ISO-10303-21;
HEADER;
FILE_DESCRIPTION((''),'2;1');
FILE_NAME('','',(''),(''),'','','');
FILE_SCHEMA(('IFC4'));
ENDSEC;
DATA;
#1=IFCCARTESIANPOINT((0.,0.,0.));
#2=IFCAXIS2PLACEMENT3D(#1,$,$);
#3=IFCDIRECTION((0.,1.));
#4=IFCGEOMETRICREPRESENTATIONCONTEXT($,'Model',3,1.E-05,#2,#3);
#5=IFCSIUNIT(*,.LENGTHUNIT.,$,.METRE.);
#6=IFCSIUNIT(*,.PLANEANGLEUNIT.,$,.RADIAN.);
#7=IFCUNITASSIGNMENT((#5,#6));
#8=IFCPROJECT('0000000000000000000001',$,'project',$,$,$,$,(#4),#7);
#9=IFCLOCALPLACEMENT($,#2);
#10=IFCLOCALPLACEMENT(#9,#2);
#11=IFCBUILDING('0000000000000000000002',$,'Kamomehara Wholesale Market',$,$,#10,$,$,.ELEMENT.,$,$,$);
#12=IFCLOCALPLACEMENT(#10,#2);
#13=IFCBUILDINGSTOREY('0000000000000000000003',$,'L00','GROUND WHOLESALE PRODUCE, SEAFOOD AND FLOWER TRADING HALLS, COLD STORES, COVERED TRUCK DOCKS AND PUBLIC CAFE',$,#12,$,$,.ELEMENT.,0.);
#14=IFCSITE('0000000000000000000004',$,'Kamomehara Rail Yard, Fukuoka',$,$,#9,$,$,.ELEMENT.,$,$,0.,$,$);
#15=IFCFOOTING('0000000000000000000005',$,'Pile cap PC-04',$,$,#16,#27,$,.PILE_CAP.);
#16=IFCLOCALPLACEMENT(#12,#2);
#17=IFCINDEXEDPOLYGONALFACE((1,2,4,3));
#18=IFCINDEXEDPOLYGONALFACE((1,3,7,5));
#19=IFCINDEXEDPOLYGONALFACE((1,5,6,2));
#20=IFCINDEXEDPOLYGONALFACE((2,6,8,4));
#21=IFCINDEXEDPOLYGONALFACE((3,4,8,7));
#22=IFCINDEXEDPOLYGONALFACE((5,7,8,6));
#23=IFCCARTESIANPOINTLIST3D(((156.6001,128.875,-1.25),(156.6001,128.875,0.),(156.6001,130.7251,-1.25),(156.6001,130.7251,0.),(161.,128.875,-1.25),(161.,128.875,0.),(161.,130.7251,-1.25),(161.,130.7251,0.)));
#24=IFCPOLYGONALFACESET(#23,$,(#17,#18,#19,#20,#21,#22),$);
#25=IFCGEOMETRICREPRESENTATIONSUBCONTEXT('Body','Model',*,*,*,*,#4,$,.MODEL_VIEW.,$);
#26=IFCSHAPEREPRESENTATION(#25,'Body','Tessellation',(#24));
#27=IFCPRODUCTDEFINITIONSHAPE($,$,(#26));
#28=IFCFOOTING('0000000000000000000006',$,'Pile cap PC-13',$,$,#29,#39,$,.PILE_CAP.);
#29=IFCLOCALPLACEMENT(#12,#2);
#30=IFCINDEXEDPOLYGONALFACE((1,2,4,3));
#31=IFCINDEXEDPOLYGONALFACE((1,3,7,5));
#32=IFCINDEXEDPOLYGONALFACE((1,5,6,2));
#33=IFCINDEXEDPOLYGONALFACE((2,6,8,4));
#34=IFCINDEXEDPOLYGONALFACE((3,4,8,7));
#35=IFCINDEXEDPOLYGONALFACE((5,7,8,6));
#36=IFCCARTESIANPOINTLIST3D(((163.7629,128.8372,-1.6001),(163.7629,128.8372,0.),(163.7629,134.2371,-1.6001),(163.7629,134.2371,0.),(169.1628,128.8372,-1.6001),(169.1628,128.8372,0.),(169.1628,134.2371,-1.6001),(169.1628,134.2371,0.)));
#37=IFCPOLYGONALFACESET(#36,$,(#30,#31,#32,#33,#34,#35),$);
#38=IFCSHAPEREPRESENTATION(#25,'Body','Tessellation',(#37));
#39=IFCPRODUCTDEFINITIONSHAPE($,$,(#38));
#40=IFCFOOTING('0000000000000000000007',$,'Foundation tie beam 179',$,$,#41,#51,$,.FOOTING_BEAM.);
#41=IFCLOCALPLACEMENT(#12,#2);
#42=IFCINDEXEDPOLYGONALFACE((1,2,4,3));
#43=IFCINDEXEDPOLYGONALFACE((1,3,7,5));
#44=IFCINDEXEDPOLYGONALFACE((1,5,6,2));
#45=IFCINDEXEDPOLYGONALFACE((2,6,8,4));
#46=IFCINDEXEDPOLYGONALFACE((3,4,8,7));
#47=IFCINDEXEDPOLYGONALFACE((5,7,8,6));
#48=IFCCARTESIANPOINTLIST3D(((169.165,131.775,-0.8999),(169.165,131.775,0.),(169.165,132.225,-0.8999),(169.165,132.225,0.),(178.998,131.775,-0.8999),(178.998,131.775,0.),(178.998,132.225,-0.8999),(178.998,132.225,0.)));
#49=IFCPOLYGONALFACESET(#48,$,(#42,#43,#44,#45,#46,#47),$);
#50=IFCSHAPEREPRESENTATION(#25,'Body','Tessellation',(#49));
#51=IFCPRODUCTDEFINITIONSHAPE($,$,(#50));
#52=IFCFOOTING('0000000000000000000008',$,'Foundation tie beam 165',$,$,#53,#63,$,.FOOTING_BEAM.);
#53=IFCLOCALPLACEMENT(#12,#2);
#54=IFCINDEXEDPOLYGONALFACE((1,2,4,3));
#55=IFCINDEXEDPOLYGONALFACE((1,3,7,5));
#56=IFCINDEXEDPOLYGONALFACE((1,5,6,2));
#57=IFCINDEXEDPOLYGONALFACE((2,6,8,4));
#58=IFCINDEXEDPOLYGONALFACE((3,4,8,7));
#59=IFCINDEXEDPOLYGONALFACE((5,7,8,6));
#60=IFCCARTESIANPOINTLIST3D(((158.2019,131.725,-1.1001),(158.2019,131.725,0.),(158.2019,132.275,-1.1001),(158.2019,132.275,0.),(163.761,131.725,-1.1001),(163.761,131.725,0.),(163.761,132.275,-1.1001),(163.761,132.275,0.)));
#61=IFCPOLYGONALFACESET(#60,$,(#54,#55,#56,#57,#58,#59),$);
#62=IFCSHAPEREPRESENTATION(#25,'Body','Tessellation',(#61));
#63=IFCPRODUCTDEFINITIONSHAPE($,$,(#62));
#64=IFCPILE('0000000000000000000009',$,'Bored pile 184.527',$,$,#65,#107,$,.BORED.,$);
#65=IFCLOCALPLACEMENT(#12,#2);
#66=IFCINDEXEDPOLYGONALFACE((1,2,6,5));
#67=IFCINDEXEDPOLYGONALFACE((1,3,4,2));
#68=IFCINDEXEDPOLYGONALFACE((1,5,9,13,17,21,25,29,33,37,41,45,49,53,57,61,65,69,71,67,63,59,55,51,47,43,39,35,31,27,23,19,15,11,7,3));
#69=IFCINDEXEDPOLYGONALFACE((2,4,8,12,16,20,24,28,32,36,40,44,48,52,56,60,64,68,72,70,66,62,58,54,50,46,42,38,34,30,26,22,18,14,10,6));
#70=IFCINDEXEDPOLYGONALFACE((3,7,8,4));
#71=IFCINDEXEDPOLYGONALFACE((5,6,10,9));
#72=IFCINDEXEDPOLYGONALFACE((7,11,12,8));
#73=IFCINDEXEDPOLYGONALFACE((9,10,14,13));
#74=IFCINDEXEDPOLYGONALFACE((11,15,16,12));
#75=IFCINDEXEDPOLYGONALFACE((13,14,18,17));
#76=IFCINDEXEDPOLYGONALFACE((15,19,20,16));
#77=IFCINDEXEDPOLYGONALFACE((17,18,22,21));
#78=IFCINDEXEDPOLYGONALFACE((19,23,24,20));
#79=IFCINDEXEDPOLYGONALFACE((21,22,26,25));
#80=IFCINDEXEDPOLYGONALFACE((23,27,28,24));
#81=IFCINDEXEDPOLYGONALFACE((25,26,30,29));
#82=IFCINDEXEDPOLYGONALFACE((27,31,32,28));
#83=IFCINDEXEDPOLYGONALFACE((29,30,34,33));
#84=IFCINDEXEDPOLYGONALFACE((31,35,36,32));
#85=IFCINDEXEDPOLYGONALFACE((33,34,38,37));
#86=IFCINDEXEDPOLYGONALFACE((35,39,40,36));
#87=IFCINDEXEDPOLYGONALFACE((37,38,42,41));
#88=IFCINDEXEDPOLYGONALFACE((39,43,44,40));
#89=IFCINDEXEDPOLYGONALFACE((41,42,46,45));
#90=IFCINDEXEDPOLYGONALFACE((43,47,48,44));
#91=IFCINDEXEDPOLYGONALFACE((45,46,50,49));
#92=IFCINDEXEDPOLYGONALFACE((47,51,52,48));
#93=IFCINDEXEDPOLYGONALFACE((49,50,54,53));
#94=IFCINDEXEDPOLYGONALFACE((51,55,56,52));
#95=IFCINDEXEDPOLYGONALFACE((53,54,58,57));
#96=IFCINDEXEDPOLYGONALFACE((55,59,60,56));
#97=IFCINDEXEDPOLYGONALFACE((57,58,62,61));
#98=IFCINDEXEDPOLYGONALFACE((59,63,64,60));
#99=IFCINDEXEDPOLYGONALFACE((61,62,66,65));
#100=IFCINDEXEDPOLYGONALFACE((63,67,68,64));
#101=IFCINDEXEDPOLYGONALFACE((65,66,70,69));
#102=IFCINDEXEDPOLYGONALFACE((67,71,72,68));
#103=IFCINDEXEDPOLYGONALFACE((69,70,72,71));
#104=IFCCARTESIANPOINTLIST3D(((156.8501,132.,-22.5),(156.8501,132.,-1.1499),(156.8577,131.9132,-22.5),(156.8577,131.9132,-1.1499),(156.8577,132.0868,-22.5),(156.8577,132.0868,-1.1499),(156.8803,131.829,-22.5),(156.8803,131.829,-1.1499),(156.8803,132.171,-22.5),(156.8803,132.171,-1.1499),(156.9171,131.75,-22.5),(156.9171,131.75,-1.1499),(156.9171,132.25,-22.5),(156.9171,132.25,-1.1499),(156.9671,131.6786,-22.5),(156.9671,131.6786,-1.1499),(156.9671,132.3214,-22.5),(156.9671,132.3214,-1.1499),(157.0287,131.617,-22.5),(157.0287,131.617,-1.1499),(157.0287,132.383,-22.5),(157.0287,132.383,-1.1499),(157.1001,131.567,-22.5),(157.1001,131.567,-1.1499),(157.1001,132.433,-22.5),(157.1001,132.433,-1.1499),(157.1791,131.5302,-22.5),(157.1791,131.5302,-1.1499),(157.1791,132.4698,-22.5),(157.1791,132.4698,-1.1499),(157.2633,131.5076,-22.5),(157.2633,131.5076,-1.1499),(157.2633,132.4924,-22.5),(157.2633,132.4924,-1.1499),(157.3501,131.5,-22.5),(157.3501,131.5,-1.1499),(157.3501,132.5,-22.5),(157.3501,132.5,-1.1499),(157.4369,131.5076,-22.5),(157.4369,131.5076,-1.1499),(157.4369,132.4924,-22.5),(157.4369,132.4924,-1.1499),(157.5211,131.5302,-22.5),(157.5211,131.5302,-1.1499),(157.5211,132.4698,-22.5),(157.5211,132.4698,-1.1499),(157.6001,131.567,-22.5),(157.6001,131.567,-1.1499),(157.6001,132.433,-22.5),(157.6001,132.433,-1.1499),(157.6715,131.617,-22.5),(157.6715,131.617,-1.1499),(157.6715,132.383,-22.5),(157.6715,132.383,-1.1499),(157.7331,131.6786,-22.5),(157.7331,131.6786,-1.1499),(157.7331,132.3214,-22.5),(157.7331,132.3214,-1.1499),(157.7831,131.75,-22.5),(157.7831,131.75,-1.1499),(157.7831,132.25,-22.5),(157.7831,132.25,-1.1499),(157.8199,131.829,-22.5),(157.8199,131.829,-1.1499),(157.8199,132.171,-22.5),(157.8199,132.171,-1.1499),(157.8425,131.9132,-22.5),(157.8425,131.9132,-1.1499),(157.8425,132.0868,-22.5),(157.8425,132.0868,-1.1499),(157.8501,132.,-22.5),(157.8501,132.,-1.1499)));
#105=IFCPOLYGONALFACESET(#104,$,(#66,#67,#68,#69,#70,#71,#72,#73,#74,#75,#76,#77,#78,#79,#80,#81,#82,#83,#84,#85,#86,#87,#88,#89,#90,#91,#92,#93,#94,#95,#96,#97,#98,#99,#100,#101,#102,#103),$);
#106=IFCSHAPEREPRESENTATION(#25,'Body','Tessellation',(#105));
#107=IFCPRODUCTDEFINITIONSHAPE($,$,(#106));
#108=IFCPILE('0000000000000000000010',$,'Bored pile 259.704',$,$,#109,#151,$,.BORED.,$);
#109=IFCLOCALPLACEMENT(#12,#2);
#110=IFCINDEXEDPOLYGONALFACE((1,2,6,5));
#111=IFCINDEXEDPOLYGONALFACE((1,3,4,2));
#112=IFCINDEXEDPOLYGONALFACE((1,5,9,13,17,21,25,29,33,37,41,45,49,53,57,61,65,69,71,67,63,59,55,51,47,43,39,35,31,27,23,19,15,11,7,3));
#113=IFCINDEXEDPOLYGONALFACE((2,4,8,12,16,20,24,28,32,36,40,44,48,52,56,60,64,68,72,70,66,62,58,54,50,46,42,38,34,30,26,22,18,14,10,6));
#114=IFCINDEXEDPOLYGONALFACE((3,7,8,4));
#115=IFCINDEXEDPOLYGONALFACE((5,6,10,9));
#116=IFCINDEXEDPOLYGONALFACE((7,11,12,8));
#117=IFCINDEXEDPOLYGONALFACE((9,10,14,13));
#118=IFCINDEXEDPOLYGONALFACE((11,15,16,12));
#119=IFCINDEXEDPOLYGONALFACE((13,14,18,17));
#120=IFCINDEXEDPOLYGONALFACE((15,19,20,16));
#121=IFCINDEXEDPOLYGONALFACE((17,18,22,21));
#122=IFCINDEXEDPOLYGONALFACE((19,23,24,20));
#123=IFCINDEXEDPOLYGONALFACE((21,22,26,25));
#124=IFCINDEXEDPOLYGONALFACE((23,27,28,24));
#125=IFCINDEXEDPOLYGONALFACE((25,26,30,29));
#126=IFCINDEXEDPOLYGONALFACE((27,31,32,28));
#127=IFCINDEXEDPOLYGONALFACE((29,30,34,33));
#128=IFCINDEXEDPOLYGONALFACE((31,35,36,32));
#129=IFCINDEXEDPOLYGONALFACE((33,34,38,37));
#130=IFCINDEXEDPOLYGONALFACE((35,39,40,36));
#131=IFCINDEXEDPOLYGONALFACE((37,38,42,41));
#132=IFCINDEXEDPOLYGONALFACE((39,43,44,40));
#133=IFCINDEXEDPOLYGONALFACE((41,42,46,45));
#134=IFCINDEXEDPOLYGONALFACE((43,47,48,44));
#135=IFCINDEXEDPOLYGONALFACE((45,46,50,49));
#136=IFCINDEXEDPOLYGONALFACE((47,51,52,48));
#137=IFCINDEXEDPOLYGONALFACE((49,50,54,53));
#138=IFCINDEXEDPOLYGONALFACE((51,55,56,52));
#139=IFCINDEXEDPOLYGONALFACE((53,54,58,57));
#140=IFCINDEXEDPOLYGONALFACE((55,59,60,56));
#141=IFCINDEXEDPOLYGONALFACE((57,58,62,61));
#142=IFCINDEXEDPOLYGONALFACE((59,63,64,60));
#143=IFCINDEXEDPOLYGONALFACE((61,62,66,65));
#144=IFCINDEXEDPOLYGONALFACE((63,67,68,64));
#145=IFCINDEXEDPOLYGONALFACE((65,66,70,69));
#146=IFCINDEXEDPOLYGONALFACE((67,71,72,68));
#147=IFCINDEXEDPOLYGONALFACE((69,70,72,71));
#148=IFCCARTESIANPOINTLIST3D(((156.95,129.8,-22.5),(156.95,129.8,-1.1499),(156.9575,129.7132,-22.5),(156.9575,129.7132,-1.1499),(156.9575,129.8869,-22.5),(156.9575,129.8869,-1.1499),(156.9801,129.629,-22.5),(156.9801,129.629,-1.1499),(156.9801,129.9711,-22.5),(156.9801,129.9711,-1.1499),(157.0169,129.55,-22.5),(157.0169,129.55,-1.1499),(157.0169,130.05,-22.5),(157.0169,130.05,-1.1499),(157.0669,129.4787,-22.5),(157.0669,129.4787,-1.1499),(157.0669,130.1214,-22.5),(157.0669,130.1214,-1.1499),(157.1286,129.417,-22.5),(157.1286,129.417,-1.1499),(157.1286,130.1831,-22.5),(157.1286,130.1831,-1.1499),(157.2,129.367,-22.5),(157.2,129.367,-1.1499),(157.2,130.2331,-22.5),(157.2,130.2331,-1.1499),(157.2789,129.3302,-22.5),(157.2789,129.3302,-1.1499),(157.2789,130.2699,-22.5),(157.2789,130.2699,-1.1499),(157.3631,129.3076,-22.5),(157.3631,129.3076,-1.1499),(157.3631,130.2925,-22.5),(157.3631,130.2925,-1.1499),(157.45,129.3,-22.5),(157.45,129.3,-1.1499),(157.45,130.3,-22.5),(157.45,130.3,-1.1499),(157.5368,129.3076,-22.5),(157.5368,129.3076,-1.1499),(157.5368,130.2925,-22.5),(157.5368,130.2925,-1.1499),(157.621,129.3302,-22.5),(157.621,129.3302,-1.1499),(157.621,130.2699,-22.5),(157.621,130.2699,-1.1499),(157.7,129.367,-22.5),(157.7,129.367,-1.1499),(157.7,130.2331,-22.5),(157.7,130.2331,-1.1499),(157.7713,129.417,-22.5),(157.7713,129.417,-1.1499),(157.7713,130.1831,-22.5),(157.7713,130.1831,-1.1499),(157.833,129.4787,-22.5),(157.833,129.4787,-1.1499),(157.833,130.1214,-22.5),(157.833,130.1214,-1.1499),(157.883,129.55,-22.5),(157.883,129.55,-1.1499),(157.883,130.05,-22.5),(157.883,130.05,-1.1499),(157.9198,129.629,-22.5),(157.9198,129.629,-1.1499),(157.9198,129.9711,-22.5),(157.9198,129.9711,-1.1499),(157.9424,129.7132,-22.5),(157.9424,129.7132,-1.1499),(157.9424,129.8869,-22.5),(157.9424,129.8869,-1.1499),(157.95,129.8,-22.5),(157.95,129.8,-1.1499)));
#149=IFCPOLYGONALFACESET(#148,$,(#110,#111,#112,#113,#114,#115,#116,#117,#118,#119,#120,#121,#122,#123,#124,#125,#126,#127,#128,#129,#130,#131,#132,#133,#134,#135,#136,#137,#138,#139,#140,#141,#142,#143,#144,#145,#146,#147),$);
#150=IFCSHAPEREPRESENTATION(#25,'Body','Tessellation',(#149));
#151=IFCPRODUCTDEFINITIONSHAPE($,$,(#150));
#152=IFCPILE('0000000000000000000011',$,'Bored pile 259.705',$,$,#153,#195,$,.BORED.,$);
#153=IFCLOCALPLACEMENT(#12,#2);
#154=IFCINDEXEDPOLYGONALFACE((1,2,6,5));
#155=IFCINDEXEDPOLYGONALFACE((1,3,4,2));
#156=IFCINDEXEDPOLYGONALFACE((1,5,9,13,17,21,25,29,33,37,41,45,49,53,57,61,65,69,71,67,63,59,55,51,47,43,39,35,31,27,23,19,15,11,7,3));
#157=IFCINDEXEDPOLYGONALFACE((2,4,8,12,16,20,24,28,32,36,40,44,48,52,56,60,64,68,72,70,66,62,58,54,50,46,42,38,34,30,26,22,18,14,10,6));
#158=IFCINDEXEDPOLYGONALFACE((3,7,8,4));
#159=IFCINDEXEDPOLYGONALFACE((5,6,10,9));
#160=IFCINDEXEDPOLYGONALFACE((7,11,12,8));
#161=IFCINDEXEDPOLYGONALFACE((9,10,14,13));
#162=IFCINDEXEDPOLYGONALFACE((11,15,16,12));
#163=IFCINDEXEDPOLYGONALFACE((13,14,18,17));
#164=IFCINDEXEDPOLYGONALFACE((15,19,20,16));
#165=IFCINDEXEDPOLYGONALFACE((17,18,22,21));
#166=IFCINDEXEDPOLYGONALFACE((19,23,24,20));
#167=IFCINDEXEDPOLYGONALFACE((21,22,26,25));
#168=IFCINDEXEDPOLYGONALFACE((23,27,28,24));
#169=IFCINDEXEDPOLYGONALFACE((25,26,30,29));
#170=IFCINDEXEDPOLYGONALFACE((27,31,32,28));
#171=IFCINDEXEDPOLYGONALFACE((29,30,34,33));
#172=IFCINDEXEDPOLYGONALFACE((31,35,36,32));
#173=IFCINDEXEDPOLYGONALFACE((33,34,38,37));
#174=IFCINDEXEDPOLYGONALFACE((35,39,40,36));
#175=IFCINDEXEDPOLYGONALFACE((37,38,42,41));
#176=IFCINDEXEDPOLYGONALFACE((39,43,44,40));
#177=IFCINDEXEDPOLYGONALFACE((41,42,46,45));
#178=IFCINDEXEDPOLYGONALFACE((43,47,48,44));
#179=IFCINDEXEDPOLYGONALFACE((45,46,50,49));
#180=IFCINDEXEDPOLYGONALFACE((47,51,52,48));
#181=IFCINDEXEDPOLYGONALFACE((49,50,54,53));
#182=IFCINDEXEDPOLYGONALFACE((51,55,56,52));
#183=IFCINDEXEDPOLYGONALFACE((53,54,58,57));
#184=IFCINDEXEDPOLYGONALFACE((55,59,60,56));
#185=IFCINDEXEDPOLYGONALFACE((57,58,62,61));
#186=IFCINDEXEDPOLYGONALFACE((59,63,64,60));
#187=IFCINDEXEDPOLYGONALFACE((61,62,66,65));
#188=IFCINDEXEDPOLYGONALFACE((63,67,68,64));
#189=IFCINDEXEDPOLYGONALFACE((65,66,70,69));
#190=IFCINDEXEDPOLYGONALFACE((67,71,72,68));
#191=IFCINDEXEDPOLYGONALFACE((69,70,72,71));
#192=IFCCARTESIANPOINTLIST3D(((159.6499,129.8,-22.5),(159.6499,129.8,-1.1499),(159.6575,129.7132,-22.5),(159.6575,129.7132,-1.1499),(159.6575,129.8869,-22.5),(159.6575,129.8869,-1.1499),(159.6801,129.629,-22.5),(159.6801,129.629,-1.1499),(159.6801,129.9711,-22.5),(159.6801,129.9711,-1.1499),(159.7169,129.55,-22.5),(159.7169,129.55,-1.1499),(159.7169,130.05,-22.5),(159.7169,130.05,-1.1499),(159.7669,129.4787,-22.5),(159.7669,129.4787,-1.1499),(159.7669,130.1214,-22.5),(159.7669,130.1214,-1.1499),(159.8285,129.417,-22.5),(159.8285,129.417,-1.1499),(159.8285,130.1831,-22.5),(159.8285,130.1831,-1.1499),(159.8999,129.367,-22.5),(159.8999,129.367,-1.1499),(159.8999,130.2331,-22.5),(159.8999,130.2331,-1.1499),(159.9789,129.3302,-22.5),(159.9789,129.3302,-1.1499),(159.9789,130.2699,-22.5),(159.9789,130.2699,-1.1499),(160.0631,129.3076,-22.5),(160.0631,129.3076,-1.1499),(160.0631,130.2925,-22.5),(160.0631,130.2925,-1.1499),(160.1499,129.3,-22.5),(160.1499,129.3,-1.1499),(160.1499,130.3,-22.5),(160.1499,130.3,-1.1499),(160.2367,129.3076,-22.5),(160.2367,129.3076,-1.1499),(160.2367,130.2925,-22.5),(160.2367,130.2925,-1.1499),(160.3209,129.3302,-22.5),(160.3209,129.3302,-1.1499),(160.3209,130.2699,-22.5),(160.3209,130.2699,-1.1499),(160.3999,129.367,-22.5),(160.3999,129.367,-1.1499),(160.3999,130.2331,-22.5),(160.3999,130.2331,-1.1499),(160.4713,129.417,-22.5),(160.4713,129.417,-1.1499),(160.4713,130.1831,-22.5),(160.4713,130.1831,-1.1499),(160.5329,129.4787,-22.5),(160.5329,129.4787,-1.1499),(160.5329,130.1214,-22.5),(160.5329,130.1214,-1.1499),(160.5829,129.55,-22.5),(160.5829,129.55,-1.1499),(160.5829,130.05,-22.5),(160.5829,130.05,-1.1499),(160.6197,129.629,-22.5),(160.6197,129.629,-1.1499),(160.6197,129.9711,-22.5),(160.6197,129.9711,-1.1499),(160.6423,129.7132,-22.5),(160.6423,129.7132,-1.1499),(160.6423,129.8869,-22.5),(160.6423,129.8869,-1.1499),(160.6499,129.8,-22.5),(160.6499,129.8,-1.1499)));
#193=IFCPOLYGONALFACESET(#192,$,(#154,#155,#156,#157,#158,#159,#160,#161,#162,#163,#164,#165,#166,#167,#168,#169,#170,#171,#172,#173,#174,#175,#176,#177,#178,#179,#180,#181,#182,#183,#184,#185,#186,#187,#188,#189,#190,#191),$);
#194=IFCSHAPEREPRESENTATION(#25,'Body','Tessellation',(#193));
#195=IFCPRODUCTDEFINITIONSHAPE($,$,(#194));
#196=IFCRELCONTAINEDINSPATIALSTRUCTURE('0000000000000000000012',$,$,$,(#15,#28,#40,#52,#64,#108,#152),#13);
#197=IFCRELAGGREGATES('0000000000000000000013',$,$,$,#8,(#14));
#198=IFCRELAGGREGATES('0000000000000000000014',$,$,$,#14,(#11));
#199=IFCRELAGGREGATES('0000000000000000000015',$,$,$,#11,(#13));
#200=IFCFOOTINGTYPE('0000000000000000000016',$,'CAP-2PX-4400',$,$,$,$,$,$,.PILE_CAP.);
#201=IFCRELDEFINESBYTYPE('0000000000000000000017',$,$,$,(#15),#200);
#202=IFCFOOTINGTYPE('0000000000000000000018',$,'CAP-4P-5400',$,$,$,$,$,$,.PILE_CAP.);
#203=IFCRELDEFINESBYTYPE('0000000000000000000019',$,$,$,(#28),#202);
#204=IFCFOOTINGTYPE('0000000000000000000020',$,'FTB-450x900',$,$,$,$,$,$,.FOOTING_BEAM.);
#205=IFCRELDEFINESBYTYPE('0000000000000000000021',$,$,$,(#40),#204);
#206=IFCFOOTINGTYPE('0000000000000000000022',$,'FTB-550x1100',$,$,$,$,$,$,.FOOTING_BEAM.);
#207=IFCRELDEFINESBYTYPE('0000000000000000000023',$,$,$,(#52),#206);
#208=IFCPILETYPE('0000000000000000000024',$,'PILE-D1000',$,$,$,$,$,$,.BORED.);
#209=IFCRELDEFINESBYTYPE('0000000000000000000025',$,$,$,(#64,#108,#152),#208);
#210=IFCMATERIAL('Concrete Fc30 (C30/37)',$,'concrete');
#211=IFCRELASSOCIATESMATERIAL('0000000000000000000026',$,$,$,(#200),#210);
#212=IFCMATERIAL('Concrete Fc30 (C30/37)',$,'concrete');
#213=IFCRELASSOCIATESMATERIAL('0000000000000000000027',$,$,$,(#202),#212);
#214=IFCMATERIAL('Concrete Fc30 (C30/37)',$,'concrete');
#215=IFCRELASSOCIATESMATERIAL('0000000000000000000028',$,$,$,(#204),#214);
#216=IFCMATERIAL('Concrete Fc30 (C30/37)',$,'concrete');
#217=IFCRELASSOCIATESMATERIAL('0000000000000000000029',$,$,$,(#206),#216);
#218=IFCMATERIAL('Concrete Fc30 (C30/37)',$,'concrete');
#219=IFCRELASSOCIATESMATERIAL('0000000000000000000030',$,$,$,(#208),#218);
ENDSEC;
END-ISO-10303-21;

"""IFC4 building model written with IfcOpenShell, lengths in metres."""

from ifc_helpers import new_model, si_unit, direction, frame, origin, origin_2d, place, context, subcontext, project, spatial, rectangle, circle, extrude, material, material_profile, profile_set, type_object, element, save


model = new_model("IFC4")

# Units and contexts
model_context = context("Model", 3, precision=1e-05, world=origin(), true_north=direction((0.0, 1.0)))
body_context = subcontext(model_context, "Body", "Model", "MODEL_VIEW")
ifc_project = project(units=[si_unit("LENGTHUNIT", "METRE"), si_unit("PLANEANGLEUNIT", "RADIAN")], contexts=[model_context])

# Site, building, storey
site_placement = place(None, origin())
site = spatial("IfcSite", under=ifc_project, at=site_placement, Name="Kamomehara Rail Yard, Fukuoka", CompositionType="ELEMENT", RefElevation=0.0)
building_placement = place(site_placement, origin())
building = spatial("IfcBuilding", under=site, at=building_placement, Name="Kamomehara Wholesale Market", CompositionType="ELEMENT")
storey_placement = place(building_placement, origin())
storey = spatial("IfcBuildingStorey", under=building, at=storey_placement, Name="L00", Description="GROUND WHOLESALE PRODUCE, SEAFOOD AND FLOWER TRADING HALLS, COLD STORES, COVERED TRUCK DOCKS AND PUBLIC CAFE", CompositionType="ELEMENT", Elevation=0.0)

# Footings
ifc_material_1 = material(Name="Concrete Fc30 (C30/37)", Category="concrete")
footing_type_1 = type_object("IfcFootingType", Name="CAP-2PX-4400", PredefinedType="PILE_CAP", material=ifc_material_1)
footing_1_placement = place(storey_placement, frame((158.8, 129.8, -1.25), z_axis=(0.0, 0.0, 1.0), x_axis=(1.0, 0.0, 0.0)))
element("IfcFooting", 1, at=footing_1_placement, inside=storey, type_object=footing_type_1, Name="Pile cap PC-04", PredefinedType="PILE_CAP", context=body_context, shape_type="SweptSolid", body=[
    extrude(rectangle(XDim=4.3999, YDim=1.8501, at=origin_2d()), origin(), (0.0, 0.0, 1.0), 1.25),
])
ifc_material_2 = material(Name="Concrete Fc30 (C30/37)", Category="concrete")
footing_type_2 = type_object("IfcFootingType", Name="CAP-4P-5400", PredefinedType="PILE_CAP", material=ifc_material_2)
footing_2_placement = place(storey_placement, frame((166.4629, 131.5371, -1.6001), z_axis=(0.0, 0.0, 1.0), x_axis=(1.0, 0.0, 0.0)))
element("IfcFooting", 2, at=footing_2_placement, inside=storey, type_object=footing_type_2, Name="Pile cap PC-13", PredefinedType="PILE_CAP", context=body_context, shape_type="SweptSolid", body=[
    extrude(rectangle(XDim=5.3999, YDim=5.3999, at=origin_2d()), origin(), (0.0, 0.0, 1.0), 1.6001),
])
ifc_material_3 = material(Name="Concrete Fc30 (C30/37)", Category="concrete")
ifc_material_profile_1 = material_profile(ifc_material_3, rectangle(XDim=0.45, YDim=0.8999, at=origin_2d()), Name="RC-FTB-450x900")
ifc_profile_set_1 = profile_set([ifc_material_profile_1], Name="Concrete Fc30 (C30/37)")
footing_type_3 = type_object("IfcFootingType", Name="FTB-450x900", PredefinedType="FOOTING_BEAM", material=ifc_profile_set_1)
footing_3_placement = place(storey_placement, frame((169.165, 132.0, -0.45), z_axis=(1.0, 0.0, 0.0), x_axis=(0.0, 1.0, 0.0)))
element("IfcFooting", 3, at=footing_3_placement, inside=storey, type_object=footing_type_3, Name="Foundation tie beam 179", PredefinedType="FOOTING_BEAM", context=body_context, shape_type="SweptSolid", body=[
    extrude(rectangle(XDim=0.45, YDim=0.8999, at=origin_2d()), origin(), (0.0, 0.0, 1.0), 9.833),
])
ifc_material_4 = material(Name="Concrete Fc30 (C30/37)", Category="concrete")
ifc_material_profile_2 = material_profile(ifc_material_4, rectangle(XDim=0.55, YDim=1.1001, at=origin_2d()), Name="RC-FTB-550x1100")
ifc_profile_set_2 = profile_set([ifc_material_profile_2], Name="Concrete Fc30 (C30/37)")
footing_type_4 = type_object("IfcFootingType", Name="FTB-550x1100", PredefinedType="FOOTING_BEAM", material=ifc_profile_set_2)
footing_4_placement = place(storey_placement, frame((158.2019, 132.0, -0.55), z_axis=(1.0, 0.0, 0.0), x_axis=(0.0, 1.0, 0.0)))
element("IfcFooting", 4, at=footing_4_placement, inside=storey, type_object=footing_type_4, Name="Foundation tie beam 165", PredefinedType="FOOTING_BEAM", context=body_context, shape_type="SweptSolid", body=[
    extrude(rectangle(XDim=0.55, YDim=1.1001, at=origin_2d()), origin(), (0.0, 0.0, 1.0), 5.5591),
])

# Piles
ifc_material_5 = material(Name="Concrete Fc30 (C30/37)", Category="concrete")
ifc_material_profile_3 = material_profile(ifc_material_5, circle(Radius=0.5, at=origin_2d()), Name="RC-PILE-D1000")
ifc_profile_set_3 = profile_set([ifc_material_profile_3], Name="Concrete Fc30 (C30/37)")
pile_type_1 = type_object("IfcPileType", Name="PILE-D1000", PredefinedType="BORED", material=ifc_profile_set_3)
for number, where, z_axis, x_axis, name in (
    (5, (157.3501, 132.0, -1.1499), (0.0, 0.0, -1.0), (1.0, 0.0, 0.0), "Bored pile 184.527"),
    (6, (157.45, 129.8, -1.1499), (0.0, 0.0, -1.0), (1.0, 0.0, 0.0), "Bored pile 259.704"),
    (7, (160.1499, 129.8, -1.1499), (0.0, 0.0, -1.0), (1.0, 0.0, 0.0), "Bored pile 259.705"),
):
    element("IfcPile", number, at=place(storey_placement, frame(where, z_axis=z_axis, x_axis=x_axis)), inside=storey, type_object=pile_type_1, Name=name, PredefinedType="BORED", context=body_context, shape_type="SweptSolid", body=[
        extrude(circle(Radius=0.5, at=origin_2d()), origin(), (0.0, 0.0, 1.0), 21.3501),
    ])

save(model, "model.ifc")
